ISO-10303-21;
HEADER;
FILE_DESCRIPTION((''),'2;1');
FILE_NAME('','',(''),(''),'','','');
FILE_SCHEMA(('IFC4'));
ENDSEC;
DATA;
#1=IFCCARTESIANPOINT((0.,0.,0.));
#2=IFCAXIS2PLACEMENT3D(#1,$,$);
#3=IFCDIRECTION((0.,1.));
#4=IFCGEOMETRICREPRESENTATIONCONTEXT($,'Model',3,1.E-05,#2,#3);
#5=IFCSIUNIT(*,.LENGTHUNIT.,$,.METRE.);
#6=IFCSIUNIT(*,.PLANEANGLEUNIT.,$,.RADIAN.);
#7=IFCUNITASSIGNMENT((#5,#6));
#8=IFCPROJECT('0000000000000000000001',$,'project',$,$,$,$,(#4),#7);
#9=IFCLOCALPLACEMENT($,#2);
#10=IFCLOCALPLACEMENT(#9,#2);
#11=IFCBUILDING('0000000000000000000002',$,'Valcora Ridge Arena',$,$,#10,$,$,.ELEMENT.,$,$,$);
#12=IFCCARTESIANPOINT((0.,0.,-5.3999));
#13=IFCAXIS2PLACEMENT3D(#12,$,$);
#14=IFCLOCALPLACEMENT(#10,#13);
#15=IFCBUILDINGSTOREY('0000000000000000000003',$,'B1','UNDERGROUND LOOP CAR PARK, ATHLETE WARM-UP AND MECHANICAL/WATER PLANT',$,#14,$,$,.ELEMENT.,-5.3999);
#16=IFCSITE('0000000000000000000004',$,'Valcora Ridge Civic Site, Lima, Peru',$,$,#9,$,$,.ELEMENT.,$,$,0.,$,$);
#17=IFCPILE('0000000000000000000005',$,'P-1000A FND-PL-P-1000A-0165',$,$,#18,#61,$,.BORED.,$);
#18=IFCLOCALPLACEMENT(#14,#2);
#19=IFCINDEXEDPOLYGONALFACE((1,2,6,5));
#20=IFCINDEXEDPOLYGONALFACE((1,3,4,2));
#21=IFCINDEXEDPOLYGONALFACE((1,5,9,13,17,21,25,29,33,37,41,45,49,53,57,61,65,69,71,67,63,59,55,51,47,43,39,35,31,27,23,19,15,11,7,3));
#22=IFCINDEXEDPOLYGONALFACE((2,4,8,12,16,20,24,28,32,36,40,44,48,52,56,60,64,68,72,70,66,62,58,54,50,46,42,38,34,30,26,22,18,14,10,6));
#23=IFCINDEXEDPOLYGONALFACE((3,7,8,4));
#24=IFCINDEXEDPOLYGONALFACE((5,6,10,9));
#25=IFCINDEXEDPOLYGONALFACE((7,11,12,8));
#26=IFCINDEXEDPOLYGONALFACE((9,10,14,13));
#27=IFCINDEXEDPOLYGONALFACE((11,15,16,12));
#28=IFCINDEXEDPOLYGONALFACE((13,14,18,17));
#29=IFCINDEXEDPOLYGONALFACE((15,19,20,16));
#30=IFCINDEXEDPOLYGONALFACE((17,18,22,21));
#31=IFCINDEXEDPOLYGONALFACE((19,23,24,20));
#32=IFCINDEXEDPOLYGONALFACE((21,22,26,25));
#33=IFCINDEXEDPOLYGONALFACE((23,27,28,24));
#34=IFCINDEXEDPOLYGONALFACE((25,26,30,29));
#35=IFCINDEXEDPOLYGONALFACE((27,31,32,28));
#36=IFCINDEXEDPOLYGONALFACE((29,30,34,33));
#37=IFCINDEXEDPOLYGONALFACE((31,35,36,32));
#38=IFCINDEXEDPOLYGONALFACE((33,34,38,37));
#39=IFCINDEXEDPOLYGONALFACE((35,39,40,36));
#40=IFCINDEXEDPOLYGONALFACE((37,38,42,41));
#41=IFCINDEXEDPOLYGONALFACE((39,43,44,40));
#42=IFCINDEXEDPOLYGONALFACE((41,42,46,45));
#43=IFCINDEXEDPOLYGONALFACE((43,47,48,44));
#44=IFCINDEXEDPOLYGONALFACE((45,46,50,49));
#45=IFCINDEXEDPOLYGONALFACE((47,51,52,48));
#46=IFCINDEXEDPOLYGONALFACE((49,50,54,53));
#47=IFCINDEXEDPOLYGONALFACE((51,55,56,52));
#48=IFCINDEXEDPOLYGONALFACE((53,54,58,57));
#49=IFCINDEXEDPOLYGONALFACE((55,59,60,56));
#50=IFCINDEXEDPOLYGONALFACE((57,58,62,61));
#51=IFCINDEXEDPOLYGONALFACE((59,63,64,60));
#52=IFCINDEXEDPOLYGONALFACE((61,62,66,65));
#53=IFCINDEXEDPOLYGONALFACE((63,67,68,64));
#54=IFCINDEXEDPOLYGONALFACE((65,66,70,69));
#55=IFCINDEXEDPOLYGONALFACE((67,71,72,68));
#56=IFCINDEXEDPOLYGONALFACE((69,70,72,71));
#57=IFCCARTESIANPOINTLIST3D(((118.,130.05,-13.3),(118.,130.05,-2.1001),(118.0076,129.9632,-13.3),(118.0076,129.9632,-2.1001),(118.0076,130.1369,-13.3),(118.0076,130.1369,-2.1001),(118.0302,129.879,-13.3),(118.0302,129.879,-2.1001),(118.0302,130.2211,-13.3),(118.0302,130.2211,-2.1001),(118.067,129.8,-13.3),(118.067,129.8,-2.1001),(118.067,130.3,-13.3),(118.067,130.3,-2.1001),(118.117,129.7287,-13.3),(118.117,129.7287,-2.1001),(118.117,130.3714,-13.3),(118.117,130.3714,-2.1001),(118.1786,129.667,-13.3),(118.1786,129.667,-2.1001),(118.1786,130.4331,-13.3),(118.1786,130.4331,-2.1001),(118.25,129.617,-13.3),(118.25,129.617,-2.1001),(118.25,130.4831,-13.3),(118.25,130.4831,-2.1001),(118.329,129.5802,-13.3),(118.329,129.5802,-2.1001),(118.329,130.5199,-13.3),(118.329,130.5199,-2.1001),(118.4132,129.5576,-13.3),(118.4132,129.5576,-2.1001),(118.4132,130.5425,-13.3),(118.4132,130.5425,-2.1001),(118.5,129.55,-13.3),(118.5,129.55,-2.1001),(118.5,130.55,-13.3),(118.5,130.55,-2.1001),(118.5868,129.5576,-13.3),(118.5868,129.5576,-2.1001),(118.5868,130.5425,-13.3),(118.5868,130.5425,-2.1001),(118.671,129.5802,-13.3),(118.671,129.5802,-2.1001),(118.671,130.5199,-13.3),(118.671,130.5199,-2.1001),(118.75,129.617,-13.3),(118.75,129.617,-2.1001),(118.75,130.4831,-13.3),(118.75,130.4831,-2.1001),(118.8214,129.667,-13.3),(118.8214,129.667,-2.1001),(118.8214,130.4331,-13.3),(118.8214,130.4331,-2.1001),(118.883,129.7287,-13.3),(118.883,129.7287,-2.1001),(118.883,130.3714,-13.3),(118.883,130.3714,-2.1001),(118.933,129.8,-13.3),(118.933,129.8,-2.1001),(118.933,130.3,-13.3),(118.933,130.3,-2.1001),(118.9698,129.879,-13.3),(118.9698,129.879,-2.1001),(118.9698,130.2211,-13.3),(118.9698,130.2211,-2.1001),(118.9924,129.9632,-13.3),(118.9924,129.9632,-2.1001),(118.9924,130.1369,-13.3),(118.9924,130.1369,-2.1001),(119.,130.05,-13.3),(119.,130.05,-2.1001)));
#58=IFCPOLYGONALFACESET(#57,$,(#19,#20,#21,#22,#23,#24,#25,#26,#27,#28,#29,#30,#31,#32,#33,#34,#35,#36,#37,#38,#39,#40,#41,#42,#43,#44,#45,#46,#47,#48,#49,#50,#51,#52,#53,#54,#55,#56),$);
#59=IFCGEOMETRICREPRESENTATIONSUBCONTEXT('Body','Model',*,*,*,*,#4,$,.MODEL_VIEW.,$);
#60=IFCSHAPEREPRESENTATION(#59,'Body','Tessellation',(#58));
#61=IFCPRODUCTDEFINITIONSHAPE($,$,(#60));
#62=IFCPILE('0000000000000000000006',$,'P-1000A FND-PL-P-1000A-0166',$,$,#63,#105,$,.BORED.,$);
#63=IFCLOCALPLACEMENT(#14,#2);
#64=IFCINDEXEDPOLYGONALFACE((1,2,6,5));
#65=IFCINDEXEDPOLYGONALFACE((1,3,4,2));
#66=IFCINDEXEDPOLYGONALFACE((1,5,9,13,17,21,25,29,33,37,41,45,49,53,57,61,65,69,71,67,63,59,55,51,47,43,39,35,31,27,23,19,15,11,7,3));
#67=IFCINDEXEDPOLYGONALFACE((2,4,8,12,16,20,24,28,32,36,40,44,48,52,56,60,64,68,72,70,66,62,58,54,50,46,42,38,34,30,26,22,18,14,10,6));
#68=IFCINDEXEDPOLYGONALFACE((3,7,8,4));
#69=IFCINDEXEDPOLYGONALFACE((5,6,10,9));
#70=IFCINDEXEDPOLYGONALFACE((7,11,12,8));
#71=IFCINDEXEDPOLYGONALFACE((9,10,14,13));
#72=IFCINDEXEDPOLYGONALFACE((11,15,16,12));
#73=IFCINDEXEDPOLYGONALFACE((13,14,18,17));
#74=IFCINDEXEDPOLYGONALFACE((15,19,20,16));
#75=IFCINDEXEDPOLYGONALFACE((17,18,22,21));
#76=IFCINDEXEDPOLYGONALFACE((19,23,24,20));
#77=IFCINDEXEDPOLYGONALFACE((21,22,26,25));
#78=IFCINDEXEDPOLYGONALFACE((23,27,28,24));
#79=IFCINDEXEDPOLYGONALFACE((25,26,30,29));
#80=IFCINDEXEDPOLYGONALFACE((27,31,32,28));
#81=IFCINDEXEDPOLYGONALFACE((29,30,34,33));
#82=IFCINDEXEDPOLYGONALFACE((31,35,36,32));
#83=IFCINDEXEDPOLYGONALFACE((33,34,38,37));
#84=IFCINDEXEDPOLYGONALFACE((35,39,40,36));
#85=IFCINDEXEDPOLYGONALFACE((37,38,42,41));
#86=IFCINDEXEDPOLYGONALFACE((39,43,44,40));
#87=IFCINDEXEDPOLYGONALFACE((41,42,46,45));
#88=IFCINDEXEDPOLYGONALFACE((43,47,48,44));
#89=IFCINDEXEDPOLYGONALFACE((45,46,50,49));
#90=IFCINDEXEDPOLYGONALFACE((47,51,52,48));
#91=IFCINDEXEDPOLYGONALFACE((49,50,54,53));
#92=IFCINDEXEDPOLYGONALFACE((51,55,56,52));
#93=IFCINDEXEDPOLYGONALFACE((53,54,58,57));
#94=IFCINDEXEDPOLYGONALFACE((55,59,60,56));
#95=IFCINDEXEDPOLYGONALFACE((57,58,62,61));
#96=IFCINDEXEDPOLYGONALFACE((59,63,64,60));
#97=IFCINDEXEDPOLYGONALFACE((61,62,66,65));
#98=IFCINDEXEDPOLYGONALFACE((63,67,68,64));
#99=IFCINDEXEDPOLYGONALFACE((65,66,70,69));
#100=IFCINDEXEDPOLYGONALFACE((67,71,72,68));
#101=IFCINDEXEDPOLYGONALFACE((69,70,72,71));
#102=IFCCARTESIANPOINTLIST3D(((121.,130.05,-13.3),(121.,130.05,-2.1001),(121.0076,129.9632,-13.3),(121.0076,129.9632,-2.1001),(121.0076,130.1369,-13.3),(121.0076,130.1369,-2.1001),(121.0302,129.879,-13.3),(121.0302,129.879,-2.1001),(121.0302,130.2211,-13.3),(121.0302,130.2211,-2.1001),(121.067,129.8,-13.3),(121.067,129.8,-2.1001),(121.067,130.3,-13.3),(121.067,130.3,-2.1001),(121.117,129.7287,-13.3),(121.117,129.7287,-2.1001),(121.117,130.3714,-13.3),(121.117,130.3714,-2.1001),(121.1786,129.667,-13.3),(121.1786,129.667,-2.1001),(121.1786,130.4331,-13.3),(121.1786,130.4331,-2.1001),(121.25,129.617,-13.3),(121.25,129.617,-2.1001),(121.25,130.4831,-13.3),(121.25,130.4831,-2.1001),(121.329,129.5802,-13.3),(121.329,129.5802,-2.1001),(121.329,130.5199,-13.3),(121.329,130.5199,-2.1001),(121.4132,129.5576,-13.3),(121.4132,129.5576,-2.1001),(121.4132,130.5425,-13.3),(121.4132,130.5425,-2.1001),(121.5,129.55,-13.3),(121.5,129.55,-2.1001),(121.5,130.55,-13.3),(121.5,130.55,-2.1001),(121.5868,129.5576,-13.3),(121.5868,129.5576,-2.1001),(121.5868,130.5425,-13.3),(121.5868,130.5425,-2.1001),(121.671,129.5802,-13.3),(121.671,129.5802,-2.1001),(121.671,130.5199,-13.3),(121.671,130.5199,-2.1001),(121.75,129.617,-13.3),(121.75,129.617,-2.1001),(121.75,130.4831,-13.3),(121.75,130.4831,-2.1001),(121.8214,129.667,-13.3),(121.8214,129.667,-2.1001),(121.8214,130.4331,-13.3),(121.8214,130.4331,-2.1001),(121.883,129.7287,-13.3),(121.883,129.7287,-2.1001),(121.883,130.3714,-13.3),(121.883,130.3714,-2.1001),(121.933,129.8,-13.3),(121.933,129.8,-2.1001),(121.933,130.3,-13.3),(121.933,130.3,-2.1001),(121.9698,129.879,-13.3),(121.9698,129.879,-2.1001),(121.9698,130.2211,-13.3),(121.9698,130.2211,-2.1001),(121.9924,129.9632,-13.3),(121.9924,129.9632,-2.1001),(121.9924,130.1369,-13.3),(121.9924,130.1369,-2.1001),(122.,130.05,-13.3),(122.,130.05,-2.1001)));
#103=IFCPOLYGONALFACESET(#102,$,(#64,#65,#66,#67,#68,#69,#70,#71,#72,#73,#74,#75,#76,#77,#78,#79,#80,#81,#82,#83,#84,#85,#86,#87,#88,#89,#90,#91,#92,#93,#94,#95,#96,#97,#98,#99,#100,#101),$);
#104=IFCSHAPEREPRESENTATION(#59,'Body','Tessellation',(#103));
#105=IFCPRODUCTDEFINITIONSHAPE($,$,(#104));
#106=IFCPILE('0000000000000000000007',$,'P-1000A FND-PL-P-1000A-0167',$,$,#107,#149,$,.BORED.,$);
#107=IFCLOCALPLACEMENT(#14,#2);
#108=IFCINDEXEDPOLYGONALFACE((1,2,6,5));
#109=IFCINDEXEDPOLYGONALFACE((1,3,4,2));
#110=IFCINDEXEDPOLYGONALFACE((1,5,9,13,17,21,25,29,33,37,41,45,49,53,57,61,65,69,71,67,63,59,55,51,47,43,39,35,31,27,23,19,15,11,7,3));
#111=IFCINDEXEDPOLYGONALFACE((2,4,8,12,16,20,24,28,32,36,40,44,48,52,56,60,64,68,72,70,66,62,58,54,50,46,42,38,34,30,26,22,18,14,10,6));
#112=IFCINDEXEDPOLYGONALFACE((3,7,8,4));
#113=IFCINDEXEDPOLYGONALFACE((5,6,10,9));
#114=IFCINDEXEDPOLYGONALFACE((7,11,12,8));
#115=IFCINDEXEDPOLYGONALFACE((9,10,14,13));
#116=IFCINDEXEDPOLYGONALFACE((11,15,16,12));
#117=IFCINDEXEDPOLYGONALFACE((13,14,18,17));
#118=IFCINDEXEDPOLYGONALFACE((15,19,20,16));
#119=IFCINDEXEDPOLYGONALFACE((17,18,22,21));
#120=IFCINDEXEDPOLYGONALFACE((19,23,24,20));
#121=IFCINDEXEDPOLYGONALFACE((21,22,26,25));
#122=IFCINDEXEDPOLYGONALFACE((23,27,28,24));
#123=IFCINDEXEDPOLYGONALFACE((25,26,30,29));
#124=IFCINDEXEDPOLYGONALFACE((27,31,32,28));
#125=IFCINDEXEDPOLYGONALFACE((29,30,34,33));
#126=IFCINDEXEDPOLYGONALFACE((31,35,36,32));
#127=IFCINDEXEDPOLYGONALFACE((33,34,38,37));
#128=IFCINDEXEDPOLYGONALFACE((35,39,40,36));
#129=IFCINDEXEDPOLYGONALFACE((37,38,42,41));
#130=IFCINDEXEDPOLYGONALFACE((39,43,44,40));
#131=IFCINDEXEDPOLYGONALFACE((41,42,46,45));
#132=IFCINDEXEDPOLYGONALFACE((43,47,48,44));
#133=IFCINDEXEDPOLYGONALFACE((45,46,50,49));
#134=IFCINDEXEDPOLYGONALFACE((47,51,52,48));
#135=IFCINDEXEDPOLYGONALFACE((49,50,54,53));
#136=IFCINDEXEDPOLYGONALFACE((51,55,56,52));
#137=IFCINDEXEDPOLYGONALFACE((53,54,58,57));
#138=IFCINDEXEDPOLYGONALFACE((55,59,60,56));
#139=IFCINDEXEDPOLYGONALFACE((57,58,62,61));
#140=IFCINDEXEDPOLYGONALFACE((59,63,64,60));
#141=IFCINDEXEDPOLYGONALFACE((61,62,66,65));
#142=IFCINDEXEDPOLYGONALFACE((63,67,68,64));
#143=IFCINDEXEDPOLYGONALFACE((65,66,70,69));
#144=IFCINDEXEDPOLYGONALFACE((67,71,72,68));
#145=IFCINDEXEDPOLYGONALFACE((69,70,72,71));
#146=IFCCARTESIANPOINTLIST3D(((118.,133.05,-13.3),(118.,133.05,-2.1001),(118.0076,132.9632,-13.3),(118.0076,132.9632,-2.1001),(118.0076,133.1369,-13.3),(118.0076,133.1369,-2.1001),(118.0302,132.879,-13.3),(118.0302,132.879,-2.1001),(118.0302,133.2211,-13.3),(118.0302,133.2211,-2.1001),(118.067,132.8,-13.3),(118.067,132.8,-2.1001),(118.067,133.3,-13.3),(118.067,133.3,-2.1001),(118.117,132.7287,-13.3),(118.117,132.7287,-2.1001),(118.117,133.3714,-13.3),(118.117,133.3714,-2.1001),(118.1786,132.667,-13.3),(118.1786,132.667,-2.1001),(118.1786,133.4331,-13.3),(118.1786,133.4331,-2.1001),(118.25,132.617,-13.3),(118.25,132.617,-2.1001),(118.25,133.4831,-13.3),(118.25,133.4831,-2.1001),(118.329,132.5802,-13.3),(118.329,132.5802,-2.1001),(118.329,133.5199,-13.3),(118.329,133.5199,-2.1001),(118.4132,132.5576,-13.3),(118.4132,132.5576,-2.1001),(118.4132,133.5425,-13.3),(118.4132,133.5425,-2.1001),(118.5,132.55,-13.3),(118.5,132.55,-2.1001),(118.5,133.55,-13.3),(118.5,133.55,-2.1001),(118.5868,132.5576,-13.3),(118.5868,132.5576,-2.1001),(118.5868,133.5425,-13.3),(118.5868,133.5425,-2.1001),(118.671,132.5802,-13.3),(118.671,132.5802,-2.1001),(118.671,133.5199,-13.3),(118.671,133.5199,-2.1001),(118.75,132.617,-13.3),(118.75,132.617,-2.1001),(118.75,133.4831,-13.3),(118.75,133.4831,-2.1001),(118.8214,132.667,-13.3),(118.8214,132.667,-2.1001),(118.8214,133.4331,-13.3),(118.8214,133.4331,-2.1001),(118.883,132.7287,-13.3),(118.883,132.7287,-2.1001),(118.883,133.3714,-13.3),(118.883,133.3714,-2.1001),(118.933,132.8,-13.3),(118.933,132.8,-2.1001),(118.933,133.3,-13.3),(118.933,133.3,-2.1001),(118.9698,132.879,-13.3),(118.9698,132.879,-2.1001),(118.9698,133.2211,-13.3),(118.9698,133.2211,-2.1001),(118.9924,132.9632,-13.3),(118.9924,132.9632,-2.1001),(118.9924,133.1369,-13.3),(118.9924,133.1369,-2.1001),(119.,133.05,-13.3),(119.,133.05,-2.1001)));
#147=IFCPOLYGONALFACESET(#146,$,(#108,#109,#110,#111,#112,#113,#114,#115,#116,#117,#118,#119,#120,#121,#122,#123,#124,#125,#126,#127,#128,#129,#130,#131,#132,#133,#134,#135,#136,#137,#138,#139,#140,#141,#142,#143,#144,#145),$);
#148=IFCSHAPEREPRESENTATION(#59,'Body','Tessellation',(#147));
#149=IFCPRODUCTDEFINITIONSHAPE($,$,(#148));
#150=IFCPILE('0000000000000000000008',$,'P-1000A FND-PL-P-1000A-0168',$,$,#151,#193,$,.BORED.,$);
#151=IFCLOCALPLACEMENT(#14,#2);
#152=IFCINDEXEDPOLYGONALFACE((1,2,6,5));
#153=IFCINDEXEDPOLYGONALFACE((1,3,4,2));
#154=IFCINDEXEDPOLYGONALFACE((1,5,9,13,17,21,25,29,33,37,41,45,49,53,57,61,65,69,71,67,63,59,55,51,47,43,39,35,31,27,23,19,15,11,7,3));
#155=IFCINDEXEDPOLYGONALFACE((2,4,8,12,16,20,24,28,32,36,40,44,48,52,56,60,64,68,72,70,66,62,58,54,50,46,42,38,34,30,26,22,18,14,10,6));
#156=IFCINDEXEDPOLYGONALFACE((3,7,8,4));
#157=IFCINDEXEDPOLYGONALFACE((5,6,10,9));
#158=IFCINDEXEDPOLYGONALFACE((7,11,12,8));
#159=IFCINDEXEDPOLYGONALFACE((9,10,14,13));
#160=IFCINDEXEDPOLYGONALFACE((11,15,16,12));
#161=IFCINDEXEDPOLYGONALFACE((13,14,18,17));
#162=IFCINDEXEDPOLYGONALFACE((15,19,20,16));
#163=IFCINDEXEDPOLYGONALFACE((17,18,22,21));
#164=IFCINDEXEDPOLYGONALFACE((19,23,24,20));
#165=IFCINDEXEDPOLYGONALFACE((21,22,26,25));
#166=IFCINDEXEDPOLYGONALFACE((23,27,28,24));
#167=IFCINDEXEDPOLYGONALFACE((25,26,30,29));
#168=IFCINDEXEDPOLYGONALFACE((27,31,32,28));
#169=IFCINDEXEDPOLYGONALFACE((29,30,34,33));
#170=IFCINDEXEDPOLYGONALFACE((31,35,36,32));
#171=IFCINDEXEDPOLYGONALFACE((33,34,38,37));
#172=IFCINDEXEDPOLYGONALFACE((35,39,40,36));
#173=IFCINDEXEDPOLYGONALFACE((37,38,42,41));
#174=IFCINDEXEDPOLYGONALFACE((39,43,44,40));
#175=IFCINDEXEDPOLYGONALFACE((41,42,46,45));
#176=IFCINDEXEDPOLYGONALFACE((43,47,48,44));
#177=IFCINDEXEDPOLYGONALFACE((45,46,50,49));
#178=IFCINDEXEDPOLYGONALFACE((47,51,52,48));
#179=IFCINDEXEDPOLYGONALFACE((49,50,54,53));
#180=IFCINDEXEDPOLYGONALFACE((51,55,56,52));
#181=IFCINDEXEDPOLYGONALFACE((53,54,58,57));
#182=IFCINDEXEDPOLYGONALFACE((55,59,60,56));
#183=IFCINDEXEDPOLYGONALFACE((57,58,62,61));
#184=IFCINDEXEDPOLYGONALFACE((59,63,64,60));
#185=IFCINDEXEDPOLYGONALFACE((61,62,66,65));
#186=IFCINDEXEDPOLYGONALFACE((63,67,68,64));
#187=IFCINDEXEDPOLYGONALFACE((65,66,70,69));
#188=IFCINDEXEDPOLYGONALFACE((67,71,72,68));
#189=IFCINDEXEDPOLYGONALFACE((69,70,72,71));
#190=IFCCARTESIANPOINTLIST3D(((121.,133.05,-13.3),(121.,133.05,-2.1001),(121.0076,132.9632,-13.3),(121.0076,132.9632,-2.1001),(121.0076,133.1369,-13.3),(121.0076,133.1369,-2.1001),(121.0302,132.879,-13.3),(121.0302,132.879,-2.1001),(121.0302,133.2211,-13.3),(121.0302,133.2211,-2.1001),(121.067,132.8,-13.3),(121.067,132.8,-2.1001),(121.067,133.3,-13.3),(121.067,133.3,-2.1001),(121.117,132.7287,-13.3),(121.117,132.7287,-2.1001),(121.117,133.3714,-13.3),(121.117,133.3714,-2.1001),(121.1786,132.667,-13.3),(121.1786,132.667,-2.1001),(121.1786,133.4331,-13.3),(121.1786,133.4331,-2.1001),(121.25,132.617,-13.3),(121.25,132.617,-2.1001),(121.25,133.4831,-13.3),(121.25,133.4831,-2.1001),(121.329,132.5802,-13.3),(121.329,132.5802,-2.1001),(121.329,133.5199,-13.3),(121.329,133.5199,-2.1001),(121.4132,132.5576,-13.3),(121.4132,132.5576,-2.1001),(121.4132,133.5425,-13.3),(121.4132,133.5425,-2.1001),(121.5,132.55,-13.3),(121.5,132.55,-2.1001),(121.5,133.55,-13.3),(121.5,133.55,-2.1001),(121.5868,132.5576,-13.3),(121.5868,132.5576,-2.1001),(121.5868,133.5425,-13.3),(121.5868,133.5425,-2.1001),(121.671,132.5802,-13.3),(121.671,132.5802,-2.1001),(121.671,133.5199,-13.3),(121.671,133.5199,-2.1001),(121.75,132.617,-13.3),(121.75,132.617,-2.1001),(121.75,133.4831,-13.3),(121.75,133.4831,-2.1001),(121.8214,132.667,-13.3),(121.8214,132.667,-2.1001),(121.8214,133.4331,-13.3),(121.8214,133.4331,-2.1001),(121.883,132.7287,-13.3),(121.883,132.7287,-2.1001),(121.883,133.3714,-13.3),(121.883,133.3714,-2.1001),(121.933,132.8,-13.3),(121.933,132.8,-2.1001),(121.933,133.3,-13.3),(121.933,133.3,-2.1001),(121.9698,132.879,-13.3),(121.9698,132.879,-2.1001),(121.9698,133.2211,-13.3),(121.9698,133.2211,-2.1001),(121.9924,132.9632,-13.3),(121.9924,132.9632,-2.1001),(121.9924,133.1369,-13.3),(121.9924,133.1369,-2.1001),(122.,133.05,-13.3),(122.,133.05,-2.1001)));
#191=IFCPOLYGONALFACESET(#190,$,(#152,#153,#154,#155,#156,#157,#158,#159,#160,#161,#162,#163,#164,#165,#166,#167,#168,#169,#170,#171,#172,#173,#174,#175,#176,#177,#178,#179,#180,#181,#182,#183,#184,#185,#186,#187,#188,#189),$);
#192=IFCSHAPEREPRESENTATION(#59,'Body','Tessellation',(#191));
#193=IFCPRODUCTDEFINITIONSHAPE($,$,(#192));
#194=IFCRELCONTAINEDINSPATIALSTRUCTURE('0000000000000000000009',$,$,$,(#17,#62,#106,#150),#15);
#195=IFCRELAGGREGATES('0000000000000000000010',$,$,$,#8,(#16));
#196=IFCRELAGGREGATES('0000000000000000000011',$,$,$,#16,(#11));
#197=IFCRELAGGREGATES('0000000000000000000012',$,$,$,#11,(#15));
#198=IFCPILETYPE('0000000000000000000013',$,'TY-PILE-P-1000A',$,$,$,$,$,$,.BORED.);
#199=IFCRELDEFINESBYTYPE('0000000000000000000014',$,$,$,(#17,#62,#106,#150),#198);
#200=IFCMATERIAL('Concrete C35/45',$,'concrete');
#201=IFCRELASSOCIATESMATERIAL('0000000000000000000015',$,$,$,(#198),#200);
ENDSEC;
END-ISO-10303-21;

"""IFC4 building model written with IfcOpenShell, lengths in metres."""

from ifc_helpers import new_model, si_unit, direction, frame, origin, origin_2d, place, context, subcontext, project, spatial, circle, extrude, material, material_profile, profile_set, type_object, element, save


model = new_model("IFC4")

# Units and contexts
model_context = context("Model", 3, precision=1e-05, world=origin(), true_north=direction((0.0, 1.0)))
body_context = subcontext(model_context, "Body", "Model", "MODEL_VIEW")
ifc_project = project(units=[si_unit("LENGTHUNIT", "METRE"), si_unit("PLANEANGLEUNIT", "RADIAN")], contexts=[model_context])

# Site, building, storey
site_placement = place(None, origin())
site = spatial("IfcSite", under=ifc_project, at=site_placement, Name="Valcora Ridge Civic Site, Lima, Peru", CompositionType="ELEMENT", RefElevation=0.0)
building_placement = place(site_placement, origin())
building = spatial("IfcBuilding", under=site, at=building_placement, Name="Valcora Ridge Arena", CompositionType="ELEMENT")
storey_placement = place(building_placement, frame((0.0, 0.0, -5.3999)))
storey = spatial("IfcBuildingStorey", under=building, at=storey_placement, Name="B1", Description="UNDERGROUND LOOP CAR PARK, ATHLETE WARM-UP AND MECHANICAL/WATER PLANT", CompositionType="ELEMENT", Elevation=-5.3999)

# Piles
ifc_material_1 = material(Name="Concrete C35/45", Category="concrete")
ifc_material_profile_1 = material_profile(ifc_material_1, circle(Radius=0.5, at=origin_2d()), Name="BORED PILE D1000")
ifc_profile_set_1 = profile_set([ifc_material_profile_1], Name="Concrete C35/45")
pile_type_1 = type_object("IfcPileType", Name="TY-PILE-P-1000A", PredefinedType="BORED", material=ifc_profile_set_1)
for number, where, z_axis, x_axis, name in (
    (1, (118.5, 130.05, -2.1001), (0.0, 0.0, -1.0), (1.0, 0.0, 0.0), "P-1000A FND-PL-P-1000A-0165"),
    (2, (121.5, 130.05, -2.1001), (0.0, 0.0, -1.0), (1.0, 0.0, 0.0), "P-1000A FND-PL-P-1000A-0166"),
    (3, (118.5, 133.05, -2.1001), (0.0, 0.0, -1.0), (1.0, 0.0, 0.0), "P-1000A FND-PL-P-1000A-0167"),
    (4, (121.5, 133.05, -2.1001), (0.0, 0.0, -1.0), (1.0, 0.0, 0.0), "P-1000A FND-PL-P-1000A-0168"),
):
    element("IfcPile", number, at=place(storey_placement, frame(where, z_axis=z_axis, x_axis=x_axis)), inside=storey, type_object=pile_type_1, Name=name, PredefinedType="BORED", context=body_context, shape_type="SweptSolid", body=[
        extrude(circle(Radius=0.5, at=origin_2d()), origin(), (0.0, 0.0, 1.0), 11.2),
    ])

save(model, "model.ifc")
